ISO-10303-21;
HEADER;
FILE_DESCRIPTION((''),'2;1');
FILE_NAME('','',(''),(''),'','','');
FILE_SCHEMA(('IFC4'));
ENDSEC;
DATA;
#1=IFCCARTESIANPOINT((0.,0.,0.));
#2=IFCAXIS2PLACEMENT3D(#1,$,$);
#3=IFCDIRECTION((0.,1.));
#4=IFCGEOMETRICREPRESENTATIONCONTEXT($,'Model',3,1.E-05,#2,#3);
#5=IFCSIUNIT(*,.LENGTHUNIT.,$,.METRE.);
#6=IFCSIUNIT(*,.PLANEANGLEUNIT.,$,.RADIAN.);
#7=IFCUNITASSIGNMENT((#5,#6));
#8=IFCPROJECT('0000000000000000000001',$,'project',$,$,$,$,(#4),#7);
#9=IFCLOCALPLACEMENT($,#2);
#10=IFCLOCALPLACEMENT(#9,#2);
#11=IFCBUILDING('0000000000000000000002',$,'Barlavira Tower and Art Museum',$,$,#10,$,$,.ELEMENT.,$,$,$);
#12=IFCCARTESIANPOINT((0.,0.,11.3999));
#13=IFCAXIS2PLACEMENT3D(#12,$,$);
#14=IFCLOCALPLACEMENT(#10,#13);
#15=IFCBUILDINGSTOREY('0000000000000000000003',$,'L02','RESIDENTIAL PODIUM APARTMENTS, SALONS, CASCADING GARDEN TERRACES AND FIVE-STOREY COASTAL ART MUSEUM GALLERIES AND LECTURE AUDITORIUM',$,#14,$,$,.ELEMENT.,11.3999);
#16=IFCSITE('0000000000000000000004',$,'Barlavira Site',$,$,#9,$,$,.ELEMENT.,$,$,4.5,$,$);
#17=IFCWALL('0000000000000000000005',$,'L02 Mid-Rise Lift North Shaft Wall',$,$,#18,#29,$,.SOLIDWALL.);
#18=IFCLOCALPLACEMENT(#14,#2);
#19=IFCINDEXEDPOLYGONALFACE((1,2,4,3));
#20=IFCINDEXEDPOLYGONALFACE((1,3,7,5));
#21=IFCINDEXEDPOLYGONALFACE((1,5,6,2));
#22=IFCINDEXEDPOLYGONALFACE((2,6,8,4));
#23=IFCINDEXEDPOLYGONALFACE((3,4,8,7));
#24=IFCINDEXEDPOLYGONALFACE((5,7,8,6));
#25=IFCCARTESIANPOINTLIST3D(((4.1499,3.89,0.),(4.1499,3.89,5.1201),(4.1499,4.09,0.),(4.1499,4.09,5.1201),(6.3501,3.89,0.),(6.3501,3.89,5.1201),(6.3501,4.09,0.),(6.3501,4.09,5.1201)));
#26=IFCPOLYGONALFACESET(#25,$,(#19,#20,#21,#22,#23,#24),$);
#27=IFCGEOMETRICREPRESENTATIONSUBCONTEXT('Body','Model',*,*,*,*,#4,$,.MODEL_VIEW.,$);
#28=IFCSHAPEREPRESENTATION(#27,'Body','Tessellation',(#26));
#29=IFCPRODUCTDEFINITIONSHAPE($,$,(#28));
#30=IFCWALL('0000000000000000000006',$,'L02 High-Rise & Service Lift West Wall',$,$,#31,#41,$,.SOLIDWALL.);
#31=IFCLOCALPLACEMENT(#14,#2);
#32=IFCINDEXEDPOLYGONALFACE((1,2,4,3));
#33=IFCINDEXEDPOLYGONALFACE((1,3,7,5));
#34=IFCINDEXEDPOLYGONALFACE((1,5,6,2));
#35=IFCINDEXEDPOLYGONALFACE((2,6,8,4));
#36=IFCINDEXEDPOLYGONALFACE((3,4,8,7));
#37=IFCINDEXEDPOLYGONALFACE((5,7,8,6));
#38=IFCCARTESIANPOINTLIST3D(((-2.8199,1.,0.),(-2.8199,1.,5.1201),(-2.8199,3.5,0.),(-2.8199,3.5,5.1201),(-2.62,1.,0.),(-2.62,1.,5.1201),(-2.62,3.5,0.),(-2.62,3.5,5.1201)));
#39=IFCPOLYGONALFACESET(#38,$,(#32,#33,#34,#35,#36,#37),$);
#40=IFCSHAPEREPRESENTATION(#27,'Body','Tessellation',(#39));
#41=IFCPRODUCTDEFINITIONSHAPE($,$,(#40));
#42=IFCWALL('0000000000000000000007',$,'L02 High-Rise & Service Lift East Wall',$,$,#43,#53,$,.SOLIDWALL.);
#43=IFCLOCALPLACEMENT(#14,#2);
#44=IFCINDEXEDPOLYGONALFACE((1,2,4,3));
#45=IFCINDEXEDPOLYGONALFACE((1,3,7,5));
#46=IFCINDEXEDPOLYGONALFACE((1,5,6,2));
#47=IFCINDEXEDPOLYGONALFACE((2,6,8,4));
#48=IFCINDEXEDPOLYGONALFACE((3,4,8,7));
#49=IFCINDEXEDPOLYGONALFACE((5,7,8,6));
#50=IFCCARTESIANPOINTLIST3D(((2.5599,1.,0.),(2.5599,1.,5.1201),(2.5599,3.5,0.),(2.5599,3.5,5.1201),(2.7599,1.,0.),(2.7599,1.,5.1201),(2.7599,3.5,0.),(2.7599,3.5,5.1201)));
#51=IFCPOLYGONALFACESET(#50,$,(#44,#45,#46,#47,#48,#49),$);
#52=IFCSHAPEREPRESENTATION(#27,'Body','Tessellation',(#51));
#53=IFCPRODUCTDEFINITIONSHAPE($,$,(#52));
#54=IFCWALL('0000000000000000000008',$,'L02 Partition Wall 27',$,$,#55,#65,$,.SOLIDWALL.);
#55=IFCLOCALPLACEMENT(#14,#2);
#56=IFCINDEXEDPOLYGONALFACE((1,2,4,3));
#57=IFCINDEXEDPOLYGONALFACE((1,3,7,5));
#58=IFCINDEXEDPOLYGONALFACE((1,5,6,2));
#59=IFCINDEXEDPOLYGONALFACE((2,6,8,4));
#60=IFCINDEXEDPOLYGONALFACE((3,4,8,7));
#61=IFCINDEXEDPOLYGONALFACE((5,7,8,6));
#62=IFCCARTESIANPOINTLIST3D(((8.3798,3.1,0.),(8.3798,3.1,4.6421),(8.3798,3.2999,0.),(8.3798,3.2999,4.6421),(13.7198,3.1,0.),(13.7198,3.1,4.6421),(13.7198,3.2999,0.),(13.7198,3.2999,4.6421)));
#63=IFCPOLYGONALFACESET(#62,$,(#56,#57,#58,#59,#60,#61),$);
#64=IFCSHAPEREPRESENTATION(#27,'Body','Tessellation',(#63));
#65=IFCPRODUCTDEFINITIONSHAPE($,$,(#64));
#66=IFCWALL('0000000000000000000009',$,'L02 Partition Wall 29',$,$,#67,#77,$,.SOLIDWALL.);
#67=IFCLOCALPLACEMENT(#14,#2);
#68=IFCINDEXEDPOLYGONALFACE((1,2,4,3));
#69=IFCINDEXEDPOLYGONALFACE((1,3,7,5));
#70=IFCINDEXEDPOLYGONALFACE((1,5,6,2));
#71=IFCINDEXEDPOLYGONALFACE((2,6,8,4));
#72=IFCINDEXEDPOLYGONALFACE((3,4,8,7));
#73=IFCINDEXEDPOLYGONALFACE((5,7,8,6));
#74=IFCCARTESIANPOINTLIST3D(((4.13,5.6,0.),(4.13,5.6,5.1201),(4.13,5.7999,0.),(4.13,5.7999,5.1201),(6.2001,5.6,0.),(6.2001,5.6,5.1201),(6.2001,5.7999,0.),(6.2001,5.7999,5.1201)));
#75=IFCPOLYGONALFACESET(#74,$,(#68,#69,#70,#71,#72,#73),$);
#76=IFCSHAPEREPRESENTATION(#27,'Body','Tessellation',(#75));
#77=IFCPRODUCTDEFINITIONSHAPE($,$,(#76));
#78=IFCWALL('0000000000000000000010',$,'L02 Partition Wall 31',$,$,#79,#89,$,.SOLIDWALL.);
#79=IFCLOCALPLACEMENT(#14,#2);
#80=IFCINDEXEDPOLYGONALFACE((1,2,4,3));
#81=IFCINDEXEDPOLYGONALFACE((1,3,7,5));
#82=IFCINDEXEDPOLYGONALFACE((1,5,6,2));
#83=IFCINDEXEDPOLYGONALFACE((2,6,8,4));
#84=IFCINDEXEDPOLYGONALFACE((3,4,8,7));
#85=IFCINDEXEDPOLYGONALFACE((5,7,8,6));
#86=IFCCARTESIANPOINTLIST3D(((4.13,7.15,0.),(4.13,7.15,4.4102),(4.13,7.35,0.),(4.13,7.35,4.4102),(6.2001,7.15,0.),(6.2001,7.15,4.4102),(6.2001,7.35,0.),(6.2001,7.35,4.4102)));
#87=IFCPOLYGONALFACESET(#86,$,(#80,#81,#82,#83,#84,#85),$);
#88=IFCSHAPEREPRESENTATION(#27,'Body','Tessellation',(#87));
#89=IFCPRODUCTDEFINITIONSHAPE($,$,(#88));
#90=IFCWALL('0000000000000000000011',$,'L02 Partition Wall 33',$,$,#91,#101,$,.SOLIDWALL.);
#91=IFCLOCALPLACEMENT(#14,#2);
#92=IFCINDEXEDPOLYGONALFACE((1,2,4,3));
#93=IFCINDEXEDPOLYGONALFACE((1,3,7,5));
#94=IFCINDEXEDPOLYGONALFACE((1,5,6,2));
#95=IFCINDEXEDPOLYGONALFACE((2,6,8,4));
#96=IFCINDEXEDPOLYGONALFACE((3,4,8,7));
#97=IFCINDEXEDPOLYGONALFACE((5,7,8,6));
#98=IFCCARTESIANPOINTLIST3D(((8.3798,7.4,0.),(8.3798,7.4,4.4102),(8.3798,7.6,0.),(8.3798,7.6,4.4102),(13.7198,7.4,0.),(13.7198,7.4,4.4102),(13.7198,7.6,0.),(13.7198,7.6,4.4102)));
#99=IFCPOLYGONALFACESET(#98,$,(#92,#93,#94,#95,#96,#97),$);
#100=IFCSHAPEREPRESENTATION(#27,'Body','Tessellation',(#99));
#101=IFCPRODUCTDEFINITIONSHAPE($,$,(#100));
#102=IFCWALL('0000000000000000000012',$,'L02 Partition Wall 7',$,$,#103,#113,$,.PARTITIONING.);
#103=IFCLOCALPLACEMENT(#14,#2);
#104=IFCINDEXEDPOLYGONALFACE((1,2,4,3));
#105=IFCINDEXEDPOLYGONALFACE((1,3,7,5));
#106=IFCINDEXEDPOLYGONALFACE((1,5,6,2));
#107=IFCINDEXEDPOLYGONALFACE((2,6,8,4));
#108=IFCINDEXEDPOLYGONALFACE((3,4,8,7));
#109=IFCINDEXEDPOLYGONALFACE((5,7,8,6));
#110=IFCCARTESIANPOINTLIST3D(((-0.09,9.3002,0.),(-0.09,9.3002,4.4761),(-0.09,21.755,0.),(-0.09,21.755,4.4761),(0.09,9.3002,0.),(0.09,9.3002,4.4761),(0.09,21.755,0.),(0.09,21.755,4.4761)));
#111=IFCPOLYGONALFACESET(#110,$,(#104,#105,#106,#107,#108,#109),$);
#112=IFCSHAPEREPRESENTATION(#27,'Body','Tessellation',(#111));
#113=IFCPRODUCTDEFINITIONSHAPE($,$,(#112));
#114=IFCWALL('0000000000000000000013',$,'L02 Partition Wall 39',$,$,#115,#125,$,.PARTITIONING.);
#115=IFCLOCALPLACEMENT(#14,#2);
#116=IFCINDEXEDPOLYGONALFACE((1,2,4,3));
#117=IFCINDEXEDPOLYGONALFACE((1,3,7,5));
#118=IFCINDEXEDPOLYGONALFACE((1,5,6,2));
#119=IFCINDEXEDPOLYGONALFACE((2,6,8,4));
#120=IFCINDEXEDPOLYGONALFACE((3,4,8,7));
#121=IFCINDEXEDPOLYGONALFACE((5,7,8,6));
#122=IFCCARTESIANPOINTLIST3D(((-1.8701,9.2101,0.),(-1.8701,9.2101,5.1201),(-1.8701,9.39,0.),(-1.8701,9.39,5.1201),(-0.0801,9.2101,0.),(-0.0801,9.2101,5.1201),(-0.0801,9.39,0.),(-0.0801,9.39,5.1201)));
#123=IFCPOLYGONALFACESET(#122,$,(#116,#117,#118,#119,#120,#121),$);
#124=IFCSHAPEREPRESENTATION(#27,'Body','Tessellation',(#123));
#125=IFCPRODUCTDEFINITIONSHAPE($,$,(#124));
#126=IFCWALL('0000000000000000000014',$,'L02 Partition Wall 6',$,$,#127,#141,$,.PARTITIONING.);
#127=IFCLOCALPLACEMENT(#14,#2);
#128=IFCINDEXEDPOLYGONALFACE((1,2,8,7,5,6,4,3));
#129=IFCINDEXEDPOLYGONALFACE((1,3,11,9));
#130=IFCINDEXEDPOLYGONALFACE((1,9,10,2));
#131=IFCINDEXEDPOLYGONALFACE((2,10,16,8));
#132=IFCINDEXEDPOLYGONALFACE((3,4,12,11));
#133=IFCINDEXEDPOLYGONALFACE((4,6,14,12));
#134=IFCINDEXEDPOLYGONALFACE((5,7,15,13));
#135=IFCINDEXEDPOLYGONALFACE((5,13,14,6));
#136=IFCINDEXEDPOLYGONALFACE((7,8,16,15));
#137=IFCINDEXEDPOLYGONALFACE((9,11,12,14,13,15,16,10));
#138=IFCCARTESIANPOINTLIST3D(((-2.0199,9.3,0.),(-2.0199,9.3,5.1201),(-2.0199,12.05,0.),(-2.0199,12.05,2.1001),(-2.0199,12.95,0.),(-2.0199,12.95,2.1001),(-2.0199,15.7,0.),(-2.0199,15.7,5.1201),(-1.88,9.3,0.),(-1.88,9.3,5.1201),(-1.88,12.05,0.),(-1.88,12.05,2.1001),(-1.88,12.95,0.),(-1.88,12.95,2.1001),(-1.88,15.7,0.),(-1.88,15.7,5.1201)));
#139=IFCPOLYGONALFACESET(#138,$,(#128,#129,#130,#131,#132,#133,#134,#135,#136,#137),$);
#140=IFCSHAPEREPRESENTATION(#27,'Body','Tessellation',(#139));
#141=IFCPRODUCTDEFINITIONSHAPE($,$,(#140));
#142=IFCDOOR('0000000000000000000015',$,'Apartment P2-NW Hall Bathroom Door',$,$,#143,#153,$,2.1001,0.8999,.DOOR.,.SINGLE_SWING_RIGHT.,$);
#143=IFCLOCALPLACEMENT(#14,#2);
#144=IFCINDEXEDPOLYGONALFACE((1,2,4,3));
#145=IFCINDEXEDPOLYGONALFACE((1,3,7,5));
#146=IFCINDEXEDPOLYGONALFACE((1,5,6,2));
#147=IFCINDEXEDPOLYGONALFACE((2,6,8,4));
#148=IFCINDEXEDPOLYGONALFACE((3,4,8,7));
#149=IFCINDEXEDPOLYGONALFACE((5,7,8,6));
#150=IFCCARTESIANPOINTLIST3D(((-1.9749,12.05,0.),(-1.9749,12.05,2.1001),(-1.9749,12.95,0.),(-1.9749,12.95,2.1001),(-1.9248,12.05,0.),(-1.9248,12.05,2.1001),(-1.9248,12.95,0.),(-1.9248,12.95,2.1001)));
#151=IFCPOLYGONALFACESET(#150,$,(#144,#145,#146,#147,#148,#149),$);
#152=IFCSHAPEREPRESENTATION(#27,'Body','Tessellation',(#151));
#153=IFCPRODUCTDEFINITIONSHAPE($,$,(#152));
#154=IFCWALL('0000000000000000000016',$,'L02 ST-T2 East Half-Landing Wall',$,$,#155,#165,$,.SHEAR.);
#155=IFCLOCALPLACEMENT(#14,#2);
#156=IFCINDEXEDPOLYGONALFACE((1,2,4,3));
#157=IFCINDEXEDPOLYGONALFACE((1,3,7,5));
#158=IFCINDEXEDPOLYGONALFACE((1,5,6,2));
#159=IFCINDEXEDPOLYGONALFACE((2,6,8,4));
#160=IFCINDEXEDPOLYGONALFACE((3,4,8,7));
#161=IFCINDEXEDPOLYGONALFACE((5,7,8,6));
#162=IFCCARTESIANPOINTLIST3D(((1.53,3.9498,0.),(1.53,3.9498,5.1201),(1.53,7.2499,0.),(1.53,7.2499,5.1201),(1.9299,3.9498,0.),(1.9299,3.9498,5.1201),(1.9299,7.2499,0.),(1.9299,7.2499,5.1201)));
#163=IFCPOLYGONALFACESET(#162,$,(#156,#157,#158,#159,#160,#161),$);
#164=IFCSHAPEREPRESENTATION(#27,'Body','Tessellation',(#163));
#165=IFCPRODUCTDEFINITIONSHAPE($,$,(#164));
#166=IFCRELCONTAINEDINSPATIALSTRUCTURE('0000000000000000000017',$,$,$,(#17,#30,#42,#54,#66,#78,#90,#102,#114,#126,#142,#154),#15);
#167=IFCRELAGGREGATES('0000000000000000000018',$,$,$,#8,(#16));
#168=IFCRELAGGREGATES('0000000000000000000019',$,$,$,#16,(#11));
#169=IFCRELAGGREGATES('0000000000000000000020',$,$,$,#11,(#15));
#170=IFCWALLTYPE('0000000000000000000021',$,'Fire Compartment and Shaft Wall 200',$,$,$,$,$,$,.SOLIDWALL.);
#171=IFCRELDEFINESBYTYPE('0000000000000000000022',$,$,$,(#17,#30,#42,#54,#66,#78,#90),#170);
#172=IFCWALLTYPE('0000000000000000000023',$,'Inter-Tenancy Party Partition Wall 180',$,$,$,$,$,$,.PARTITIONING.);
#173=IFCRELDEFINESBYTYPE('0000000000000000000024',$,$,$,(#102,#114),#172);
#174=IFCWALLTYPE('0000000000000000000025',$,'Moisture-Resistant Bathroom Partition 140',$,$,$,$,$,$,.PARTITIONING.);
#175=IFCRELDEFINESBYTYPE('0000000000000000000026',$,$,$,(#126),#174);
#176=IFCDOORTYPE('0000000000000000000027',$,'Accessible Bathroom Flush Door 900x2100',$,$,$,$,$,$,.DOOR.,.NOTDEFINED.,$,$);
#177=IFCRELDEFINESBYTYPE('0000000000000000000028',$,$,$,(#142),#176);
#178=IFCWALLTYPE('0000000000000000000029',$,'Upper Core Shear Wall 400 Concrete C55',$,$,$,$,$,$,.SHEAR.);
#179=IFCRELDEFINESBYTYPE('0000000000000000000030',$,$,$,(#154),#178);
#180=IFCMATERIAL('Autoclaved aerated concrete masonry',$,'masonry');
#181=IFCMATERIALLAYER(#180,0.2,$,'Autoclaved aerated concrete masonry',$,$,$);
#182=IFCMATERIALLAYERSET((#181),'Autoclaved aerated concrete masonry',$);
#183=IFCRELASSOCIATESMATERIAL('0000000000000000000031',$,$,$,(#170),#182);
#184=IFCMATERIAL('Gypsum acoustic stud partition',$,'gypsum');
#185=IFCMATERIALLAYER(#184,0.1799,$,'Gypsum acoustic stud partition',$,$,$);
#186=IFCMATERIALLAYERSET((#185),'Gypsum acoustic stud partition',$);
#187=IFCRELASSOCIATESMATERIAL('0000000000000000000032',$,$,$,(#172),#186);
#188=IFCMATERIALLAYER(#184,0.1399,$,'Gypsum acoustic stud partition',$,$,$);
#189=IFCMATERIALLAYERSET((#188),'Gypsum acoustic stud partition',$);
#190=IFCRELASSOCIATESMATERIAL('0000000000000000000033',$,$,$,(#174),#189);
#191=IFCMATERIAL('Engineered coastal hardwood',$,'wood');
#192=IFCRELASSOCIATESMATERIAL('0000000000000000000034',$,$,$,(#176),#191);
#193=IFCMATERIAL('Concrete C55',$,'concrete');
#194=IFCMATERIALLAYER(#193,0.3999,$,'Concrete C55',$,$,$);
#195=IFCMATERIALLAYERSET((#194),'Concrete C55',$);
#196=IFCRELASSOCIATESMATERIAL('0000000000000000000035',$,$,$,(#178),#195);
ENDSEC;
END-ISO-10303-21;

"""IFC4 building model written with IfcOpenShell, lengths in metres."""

from ifc_helpers import new_model, si_unit, direction, frame, frame_2d, origin, place, context, subcontext, project, spatial, rectangle, extrude, material, layer, layer_set, type_object, element, fill, save


model = new_model("IFC4")

# Units and contexts
model_context = context("Model", 3, precision=1e-05, world=origin(), true_north=direction((0.0, 1.0)))
body_context = subcontext(model_context, "Body", "Model", "MODEL_VIEW")
ifc_project = project(units=[si_unit("LENGTHUNIT", "METRE"), si_unit("PLANEANGLEUNIT", "RADIAN")], contexts=[model_context])

# Site, building, storey
site_placement = place(None, origin())
site = spatial("IfcSite", under=ifc_project, at=site_placement, Name="Barlavira Site", CompositionType="ELEMENT", RefElevation=4.5)
building_placement = place(site_placement, origin())
building = spatial("IfcBuilding", under=site, at=building_placement, Name="Barlavira Tower and Art Museum", CompositionType="ELEMENT")
storey_placement = place(building_placement, frame((0.0, 0.0, 11.3999)))
storey = spatial("IfcBuildingStorey", under=building, at=storey_placement, Name="L02", Description="RESIDENTIAL PODIUM APARTMENTS, SALONS, CASCADING GARDEN TERRACES AND FIVE-STOREY COASTAL ART MUSEUM GALLERIES AND LECTURE AUDITORIUM", CompositionType="ELEMENT", Elevation=11.3999)

# Walls
ifc_material_1 = material(Name="Autoclaved aerated concrete masonry", Category="masonry")
ifc_layer_1 = layer(ifc_material_1, 0.2, Name="Autoclaved aerated concrete masonry")
ifc_layer_set_1 = layer_set([ifc_layer_1], Name="Autoclaved aerated concrete masonry")
wall_type_1 = type_object("IfcWallType", Name="Fire Compartment and Shaft Wall 200", PredefinedType="SOLIDWALL", material=ifc_layer_set_1)
wall_1_placement = place(storey_placement, frame((4.1499, 3.99, 0.0), z_axis=(0.0, 0.0, 1.0), x_axis=(1.0, 0.0, 0.0)))
element("IfcWall", 1, at=wall_1_placement, inside=storey, type_object=wall_type_1, Name="L02 Mid-Rise Lift North Shaft Wall", PredefinedType="SOLIDWALL", context=body_context, shape_type="SweptSolid", body=[
    extrude(rectangle(XDim=2.2002, YDim=0.2, at=frame_2d((1.1001, 0.0))), origin(), (0.0, 0.0, 1.0), 5.1201),
])
for number, where, z_axis, x_axis, name in (
    (2, (-2.72, 1.0, 0.0), (0.0, 0.0, 1.0), (0.0, 1.0, 0.0), "L02 High-Rise & Service Lift West Wall"),
    (3, (2.6599, 1.0, 0.0), (0.0, 0.0, 1.0), (0.0, 1.0, 0.0), "L02 High-Rise & Service Lift East Wall"),
):
    element("IfcWall", number, at=place(storey_placement, frame(where, z_axis=z_axis, x_axis=x_axis)), inside=storey, type_object=wall_type_1, Name=name, PredefinedType="SOLIDWALL", context=body_context, shape_type="SweptSolid", body=[
        extrude(rectangle(XDim=2.5, YDim=0.2, at=frame_2d((1.25, 0.0))), origin(), (0.0, 0.0, 1.0), 5.1201),
    ])

# Walls
wall_2_placement = place(storey_placement, frame((8.3799, 3.2, 0.0), z_axis=(0.0, 0.0, 1.0), x_axis=(1.0, 0.0, 0.0)))
element("IfcWall", 4, at=wall_2_placement, inside=storey, type_object=wall_type_1, Name="L02 Partition Wall 27", PredefinedType="SOLIDWALL", context=body_context, shape_type="SweptSolid", body=[
    extrude(rectangle(XDim=5.3401, YDim=0.2, at=frame_2d((2.6699, 0.0))), origin(), (0.0, 0.0, 1.0), 4.6421),
])
wall_3_placement = place(storey_placement, frame((4.1299, 5.7, 0.0), z_axis=(0.0, 0.0, 1.0), x_axis=(1.0, 0.0, 0.0)))
element("IfcWall", 5, at=wall_3_placement, inside=storey, type_object=wall_type_1, Name="L02 Partition Wall 29", PredefinedType="SOLIDWALL", context=body_context, shape_type="SweptSolid", body=[
    extrude(rectangle(XDim=2.0701, YDim=0.2, at=frame_2d((1.0352, 0.0))), origin(), (0.0, 0.0, 1.0), 5.1201),
])
wall_4_placement = place(storey_placement, frame((4.1299, 7.25, 0.0), z_axis=(0.0, 0.0, 1.0), x_axis=(1.0, 0.0, 0.0)))
element("IfcWall", 6, at=wall_4_placement, inside=storey, type_object=wall_type_1, Name="L02 Partition Wall 31", PredefinedType="SOLIDWALL", context=body_context, shape_type="SweptSolid", body=[
    extrude(rectangle(XDim=2.0701, YDim=0.2, at=frame_2d((1.0352, 0.0))), origin(), (0.0, 0.0, 1.0), 4.4102),
])
wall_5_placement = place(storey_placement, frame((8.3799, 7.5, 0.0), z_axis=(0.0, 0.0, 1.0), x_axis=(1.0, 0.0, 0.0)))
element("IfcWall", 7, at=wall_5_placement, inside=storey, type_object=wall_type_1, Name="L02 Partition Wall 33", PredefinedType="SOLIDWALL", context=body_context, shape_type="SweptSolid", body=[
    extrude(rectangle(XDim=5.3401, YDim=0.2, at=frame_2d((2.6699, 0.0))), origin(), (0.0, 0.0, 1.0), 4.4102),
])
ifc_material_2 = material(Name="Gypsum acoustic stud partition", Category="gypsum")
ifc_layer_2 = layer(ifc_material_2, 0.1799, Name="Gypsum acoustic stud partition")
ifc_layer_set_2 = layer_set([ifc_layer_2], Name="Gypsum acoustic stud partition")
wall_type_2 = type_object("IfcWallType", Name="Inter-Tenancy Party Partition Wall 180", PredefinedType="PARTITIONING", material=ifc_layer_set_2)
wall_6_placement = place(storey_placement, frame((0.0, 9.3, 0.0), z_axis=(0.0, 0.0, 1.0), x_axis=(0.0, 1.0, 0.0)))
element("IfcWall", 8, at=wall_6_placement, inside=storey, type_object=wall_type_2, Name="L02 Partition Wall 7", PredefinedType="PARTITIONING", context=body_context, shape_type="SweptSolid", body=[
    extrude(rectangle(XDim=12.4548, YDim=0.1799, at=frame_2d((6.2275, 0.0))), origin(), (0.0, 0.0, 1.0), 4.4761),
])
wall_7_placement = place(storey_placement, frame((-1.8701, 9.3, 0.0), z_axis=(0.0, 0.0, 1.0), x_axis=(1.0, 0.0, 0.0)))
element("IfcWall", 9, at=wall_7_placement, inside=storey, type_object=wall_type_2, Name="L02 Partition Wall 39", PredefinedType="PARTITIONING", context=body_context, shape_type="SweptSolid", body=[
    extrude(rectangle(XDim=1.79, YDim=0.1799, at=frame_2d((0.895, 0.0))), origin(), (0.0, 0.0, 1.0), 5.1201),
])

# Wall, opening, door
ifc_layer_3 = layer(ifc_material_2, 0.1399, Name="Gypsum acoustic stud partition")
ifc_layer_set_3 = layer_set([ifc_layer_3], Name="Gypsum acoustic stud partition")
wall_type_3 = type_object("IfcWallType", Name="Moisture-Resistant Bathroom Partition 140", PredefinedType="PARTITIONING", material=ifc_layer_set_3)
wall_8_placement = place(storey_placement, frame((-1.95, 9.3, 0.0), z_axis=(0.0, 0.0, 1.0), x_axis=(0.0, 1.0, 0.0)))
wall_8 = element("IfcWall", 10, at=wall_8_placement, inside=storey, type_object=wall_type_3, Name="L02 Partition Wall 6", PredefinedType="PARTITIONING", context=body_context, shape_type="SweptSolid", body=[
    extrude(rectangle(XDim=6.3999, YDim=0.1399, at=frame_2d((3.2, 0.0))), origin(), (0.0, 0.0, 1.0), 5.1201),
])
opening_1_placement = place(wall_8_placement, frame((2.75, 0.0, 0.0)))
opening_1 = element("IfcOpeningElement", 11, at=opening_1_placement, cuts=wall_8, PredefinedType="OPENING", context=body_context, shape_type="SweptSolid", body=[
    extrude(rectangle(XDim=0.8999, YDim=2.1001, at=frame_2d((0.45, 1.05))), frame((0.0, 0.0801, 0.0), z_axis=(0.0, -1.0, 0.0), x_axis=(1.0, 0.0, 0.0)), (0.0, 0.0, 1.0), 0.1599),
])
ifc_material_3 = material(Name="Engineered coastal hardwood", Category="wood")
door_type_1 = type_object("IfcDoorType", Name="Accessible Bathroom Flush Door 900x2100", OperationType="NOTDEFINED", PredefinedType="DOOR", material=ifc_material_3)
door_1_placement = place(opening_1_placement, origin())
door_1 = element("IfcDoor", 12, at=door_1_placement, inside=storey, type_object=door_type_1, Name="Apartment P2-NW Hall Bathroom Door", OperationType="SINGLE_SWING_RIGHT", OverallHeight=2.1001, OverallWidth=0.8999, PredefinedType="DOOR", context=body_context, shape_type="SweptSolid", body=[
    extrude(rectangle(XDim=0.8999, YDim=2.1001, at=frame_2d((0.45, 1.05))), frame((0.0, 0.0249, 0.0), z_axis=(0.0, -1.0, 0.0), x_axis=(1.0, 0.0, 0.0)), (0.0, 0.0, 1.0), 0.05),
])
fill(opening_1, door_1)

# Wall
ifc_material_4 = material(Name="Concrete C55", Category="concrete")
ifc_layer_4 = layer(ifc_material_4, 0.3999, Name="Concrete C55")
ifc_layer_set_4 = layer_set([ifc_layer_4], Name="Concrete C55")
wall_type_4 = type_object("IfcWallType", Name="Upper Core Shear Wall 400 Concrete C55", PredefinedType="SHEAR", material=ifc_layer_set_4)
wall_9_placement = place(storey_placement, frame((1.73, 3.95, 0.0), z_axis=(0.0, 0.0, 1.0), x_axis=(0.0, 1.0, 0.0)))
element("IfcWall", 13, at=wall_9_placement, inside=storey, type_object=wall_type_4, Name="L02 ST-T2 East Half-Landing Wall", PredefinedType="SHEAR", context=body_context, shape_type="SweptSolid", body=[
    extrude(rectangle(XDim=3.3, YDim=0.3999, at=frame_2d((1.6499, 0.0))), origin(), (0.0, 0.0, 1.0), 5.1201),
])

save(model, "model.ifc")
